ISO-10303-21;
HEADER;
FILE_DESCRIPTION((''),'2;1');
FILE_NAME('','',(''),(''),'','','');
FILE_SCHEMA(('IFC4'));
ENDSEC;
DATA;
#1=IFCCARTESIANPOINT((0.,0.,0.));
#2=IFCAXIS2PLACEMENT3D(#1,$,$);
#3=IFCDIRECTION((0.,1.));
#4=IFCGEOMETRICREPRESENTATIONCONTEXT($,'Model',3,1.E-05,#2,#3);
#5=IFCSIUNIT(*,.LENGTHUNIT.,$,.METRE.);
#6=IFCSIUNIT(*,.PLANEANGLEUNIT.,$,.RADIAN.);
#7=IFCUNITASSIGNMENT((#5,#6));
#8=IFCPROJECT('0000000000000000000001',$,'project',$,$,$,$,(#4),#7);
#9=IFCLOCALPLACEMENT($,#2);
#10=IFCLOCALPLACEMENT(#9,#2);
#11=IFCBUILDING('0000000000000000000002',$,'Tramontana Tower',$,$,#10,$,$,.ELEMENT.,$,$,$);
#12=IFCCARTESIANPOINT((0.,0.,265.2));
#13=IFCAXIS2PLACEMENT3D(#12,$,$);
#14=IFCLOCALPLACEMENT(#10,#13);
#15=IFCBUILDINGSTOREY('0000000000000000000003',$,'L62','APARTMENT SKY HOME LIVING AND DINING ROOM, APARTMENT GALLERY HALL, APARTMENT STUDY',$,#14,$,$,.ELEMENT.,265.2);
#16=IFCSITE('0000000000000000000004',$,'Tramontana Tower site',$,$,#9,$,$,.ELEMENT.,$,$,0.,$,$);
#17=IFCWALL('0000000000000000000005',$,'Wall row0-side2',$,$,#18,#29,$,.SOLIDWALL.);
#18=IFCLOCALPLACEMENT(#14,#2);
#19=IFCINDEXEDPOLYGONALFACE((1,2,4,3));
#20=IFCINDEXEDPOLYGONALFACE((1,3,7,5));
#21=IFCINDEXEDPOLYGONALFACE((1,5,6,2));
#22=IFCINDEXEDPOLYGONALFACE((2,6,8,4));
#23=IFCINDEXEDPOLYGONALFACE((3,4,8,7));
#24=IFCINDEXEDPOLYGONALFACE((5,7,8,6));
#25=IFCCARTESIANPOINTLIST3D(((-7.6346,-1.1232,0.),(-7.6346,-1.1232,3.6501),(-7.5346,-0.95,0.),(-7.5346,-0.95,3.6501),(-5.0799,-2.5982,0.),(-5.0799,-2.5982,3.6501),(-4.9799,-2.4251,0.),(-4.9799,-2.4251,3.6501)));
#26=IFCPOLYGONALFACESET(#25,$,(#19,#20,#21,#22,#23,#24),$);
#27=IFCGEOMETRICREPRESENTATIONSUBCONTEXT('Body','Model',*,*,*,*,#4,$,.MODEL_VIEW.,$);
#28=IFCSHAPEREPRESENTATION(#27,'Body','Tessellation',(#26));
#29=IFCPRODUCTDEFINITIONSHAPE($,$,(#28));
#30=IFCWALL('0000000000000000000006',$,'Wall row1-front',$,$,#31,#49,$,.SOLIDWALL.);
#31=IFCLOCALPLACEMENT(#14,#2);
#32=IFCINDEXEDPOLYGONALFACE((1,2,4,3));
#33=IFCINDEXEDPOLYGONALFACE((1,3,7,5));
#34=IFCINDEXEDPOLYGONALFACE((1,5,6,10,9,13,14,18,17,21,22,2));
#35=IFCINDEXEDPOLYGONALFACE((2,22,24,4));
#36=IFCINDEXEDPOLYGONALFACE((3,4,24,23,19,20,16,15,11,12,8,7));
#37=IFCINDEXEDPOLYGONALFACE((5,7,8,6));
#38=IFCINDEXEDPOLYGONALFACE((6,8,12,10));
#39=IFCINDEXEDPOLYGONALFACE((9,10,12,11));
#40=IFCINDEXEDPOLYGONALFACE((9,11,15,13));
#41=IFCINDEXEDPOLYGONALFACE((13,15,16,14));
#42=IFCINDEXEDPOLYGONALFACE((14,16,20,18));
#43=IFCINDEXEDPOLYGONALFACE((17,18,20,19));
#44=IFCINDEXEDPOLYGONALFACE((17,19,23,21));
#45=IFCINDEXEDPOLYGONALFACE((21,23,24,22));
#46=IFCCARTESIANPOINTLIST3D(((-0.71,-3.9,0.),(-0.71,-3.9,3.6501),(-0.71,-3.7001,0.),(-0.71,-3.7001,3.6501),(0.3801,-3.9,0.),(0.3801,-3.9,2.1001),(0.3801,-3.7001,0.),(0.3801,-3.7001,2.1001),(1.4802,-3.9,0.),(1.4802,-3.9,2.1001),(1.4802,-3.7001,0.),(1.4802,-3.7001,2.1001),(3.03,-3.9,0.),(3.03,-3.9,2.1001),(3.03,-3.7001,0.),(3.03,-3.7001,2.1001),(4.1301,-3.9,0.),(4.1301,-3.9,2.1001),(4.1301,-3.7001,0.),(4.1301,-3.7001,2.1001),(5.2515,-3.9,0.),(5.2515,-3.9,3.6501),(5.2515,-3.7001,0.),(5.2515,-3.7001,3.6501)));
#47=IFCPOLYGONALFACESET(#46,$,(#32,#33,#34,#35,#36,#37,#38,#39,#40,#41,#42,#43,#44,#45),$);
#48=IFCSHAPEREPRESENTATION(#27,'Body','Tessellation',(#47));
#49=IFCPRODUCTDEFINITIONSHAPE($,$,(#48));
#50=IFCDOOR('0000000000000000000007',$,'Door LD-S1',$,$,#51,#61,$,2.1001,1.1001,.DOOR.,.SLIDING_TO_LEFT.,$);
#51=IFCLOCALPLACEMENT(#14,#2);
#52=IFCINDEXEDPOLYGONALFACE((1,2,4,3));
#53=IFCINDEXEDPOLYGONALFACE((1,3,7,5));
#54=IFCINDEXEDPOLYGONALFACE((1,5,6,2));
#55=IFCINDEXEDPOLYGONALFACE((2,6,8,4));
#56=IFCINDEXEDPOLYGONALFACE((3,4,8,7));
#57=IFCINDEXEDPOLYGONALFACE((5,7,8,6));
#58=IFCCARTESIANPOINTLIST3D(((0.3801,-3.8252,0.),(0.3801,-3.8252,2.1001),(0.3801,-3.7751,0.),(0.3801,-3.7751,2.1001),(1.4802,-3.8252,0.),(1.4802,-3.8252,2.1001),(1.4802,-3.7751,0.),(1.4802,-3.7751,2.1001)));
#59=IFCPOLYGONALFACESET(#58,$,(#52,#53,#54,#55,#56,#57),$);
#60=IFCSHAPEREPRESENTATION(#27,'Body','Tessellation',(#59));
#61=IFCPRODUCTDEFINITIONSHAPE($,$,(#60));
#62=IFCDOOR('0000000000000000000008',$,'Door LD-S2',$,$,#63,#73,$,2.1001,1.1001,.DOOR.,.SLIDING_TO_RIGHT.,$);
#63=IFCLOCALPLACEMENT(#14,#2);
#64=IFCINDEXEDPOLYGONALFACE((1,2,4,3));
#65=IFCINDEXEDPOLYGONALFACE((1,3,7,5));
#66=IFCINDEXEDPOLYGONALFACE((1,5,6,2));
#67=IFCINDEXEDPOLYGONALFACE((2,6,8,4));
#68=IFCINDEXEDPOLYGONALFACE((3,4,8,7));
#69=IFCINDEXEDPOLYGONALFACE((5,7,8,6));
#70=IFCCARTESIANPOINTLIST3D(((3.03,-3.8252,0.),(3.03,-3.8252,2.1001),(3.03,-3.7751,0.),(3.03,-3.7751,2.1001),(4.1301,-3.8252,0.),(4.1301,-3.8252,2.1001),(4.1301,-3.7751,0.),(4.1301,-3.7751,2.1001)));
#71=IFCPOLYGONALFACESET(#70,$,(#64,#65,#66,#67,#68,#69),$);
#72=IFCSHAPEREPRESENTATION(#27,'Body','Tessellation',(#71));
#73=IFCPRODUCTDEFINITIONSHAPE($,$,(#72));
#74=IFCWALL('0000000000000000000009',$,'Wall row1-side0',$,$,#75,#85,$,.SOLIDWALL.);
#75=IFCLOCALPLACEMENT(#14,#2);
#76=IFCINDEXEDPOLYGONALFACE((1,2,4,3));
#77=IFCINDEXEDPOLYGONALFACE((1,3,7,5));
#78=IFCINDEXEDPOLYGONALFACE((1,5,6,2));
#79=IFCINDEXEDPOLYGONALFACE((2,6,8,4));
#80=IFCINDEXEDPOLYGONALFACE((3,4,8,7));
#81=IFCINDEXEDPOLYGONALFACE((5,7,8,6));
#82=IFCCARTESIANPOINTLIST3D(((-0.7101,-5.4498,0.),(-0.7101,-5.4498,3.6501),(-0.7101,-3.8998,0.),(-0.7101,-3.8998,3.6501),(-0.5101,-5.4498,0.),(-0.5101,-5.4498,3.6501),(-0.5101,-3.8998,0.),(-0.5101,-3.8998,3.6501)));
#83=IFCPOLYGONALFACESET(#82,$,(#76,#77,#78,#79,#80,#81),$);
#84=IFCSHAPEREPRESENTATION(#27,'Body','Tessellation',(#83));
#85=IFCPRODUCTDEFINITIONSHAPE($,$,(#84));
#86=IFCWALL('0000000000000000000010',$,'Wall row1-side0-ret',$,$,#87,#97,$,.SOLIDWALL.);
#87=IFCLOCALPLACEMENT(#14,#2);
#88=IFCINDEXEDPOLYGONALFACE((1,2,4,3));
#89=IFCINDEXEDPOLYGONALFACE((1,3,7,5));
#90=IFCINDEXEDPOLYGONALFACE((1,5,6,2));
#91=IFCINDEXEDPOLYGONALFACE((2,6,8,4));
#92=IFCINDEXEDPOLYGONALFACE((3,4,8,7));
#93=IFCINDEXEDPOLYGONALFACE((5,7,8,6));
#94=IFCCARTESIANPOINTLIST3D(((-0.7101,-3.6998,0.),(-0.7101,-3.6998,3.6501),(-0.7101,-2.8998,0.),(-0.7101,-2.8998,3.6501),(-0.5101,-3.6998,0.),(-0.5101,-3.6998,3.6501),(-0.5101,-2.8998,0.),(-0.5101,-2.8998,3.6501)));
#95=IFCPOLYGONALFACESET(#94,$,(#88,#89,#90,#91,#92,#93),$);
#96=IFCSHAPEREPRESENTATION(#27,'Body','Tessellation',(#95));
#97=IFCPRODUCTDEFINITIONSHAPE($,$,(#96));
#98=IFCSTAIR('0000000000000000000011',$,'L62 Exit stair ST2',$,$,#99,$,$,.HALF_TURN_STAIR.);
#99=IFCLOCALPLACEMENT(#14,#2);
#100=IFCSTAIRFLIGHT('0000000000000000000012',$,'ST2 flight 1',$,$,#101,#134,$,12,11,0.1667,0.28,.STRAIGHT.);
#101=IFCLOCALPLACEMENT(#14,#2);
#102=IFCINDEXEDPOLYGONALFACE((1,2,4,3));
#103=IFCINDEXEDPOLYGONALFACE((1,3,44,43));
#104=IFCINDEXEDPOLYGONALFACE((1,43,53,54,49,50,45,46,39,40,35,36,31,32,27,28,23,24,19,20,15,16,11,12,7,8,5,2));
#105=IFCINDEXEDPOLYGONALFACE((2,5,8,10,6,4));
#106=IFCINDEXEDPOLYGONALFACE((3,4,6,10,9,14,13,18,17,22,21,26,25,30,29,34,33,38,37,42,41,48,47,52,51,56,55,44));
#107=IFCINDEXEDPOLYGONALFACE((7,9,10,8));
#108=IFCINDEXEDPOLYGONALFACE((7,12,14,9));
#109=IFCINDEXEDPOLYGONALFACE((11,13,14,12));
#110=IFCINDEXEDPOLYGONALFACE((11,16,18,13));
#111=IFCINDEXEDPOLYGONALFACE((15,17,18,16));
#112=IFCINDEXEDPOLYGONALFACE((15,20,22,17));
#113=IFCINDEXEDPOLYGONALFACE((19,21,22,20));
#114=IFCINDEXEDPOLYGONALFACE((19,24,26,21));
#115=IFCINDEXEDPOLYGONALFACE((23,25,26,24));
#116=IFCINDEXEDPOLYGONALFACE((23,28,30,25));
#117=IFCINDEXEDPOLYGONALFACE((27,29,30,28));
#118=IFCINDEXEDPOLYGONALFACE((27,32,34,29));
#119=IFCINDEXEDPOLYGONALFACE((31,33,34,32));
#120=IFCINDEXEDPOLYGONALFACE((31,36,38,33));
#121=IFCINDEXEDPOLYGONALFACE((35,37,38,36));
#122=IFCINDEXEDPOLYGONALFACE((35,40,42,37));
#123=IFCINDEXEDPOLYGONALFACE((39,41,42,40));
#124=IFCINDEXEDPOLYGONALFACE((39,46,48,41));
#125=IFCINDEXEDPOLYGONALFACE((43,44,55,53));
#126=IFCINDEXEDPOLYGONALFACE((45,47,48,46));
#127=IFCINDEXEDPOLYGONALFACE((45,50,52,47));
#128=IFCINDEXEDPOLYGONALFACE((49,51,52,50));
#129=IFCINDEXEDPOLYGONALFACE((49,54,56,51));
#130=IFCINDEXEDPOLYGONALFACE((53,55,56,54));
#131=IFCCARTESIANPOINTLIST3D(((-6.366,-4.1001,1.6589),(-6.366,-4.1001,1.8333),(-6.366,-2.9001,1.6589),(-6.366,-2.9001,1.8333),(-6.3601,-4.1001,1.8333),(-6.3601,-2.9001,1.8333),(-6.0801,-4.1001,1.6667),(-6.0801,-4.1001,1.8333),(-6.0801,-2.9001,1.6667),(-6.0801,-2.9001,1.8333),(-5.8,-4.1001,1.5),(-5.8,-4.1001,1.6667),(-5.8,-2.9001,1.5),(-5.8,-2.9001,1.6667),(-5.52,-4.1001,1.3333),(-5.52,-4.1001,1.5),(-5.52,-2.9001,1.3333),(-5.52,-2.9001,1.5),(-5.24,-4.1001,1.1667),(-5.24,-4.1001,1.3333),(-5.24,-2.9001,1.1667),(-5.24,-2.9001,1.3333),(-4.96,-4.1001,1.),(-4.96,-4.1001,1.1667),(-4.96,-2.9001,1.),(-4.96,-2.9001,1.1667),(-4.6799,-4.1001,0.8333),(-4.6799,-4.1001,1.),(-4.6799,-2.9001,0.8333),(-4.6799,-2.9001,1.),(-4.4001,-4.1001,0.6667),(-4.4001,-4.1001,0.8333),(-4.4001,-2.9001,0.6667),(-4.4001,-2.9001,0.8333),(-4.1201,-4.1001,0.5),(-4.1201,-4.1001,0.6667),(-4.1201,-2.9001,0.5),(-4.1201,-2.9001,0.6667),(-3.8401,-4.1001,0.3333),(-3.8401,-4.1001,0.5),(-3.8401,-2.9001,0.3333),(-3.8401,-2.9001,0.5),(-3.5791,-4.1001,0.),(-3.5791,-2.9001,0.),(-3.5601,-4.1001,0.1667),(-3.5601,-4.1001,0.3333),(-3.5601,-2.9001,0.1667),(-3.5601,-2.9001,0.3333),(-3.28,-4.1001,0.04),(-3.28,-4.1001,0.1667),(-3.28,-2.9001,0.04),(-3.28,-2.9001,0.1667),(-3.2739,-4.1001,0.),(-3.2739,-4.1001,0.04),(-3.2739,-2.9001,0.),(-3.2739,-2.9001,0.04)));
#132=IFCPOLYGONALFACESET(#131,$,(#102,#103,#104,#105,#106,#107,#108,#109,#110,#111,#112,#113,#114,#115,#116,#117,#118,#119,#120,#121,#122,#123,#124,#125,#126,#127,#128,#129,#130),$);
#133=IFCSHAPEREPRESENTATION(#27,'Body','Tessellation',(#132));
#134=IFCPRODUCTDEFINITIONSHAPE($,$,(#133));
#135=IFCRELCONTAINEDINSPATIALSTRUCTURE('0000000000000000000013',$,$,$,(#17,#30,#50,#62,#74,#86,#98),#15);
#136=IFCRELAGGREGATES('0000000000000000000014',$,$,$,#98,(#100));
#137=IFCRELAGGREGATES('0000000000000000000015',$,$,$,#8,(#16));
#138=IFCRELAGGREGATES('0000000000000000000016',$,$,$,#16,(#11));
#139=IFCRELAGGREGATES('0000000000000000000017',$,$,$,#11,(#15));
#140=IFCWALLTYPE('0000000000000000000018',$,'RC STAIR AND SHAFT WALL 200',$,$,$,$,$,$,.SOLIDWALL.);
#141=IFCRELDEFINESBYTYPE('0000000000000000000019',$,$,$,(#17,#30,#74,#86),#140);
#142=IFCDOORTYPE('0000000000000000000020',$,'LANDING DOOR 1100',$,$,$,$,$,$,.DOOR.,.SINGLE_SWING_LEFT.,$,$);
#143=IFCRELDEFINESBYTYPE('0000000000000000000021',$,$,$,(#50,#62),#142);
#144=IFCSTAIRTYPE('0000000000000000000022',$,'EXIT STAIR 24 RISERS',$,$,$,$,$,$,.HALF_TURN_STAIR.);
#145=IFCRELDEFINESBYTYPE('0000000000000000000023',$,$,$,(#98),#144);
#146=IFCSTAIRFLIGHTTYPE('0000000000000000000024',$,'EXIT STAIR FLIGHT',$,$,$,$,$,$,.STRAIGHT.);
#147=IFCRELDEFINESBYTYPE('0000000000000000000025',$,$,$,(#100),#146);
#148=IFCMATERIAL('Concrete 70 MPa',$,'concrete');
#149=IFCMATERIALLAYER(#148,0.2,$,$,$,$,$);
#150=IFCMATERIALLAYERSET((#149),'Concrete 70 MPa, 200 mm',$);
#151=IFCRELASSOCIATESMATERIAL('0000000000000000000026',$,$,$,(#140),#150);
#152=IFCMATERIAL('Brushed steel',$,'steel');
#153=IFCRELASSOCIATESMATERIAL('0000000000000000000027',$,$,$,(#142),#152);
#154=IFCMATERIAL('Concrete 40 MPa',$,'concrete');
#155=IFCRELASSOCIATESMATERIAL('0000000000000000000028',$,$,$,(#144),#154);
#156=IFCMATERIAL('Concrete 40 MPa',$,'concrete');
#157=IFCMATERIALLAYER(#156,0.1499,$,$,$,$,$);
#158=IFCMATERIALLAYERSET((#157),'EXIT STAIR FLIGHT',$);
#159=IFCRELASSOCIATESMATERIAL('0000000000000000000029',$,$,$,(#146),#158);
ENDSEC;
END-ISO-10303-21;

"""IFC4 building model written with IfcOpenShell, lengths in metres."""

from ifc_helpers import new_model, si_unit, direction, frame, frame_2d, origin, place, context, subcontext, project, spatial, polyline, rectangle, outline, extrude, material, layer, layer_set, type_object, element, fill, aggregate, save


model = new_model("IFC4")

# Units and contexts
model_context = context("Model", 3, precision=1e-05, world=origin(), true_north=direction((0.0, 1.0)))
body_context = subcontext(model_context, "Body", "Model", "MODEL_VIEW")
ifc_project = project(units=[si_unit("LENGTHUNIT", "METRE"), si_unit("PLANEANGLEUNIT", "RADIAN")], contexts=[model_context])

# Site, building, storey
site_placement = place(None, origin())
site = spatial("IfcSite", under=ifc_project, at=site_placement, Name="Tramontana Tower site", CompositionType="ELEMENT", RefElevation=0.0)
building_placement = place(site_placement, origin())
building = spatial("IfcBuilding", under=site, at=building_placement, Name="Tramontana Tower", CompositionType="ELEMENT")
storey_placement = place(building_placement, frame((0.0, 0.0, 265.2)))
storey = spatial("IfcBuildingStorey", under=building, at=storey_placement, Name="L62", Description="APARTMENT SKY HOME LIVING AND DINING ROOM, APARTMENT GALLERY HALL, APARTMENT STUDY", CompositionType="ELEMENT", Elevation=265.2)

# Shared definitions
ifc_material_1 = material(Name="Concrete 70 MPa", Category="concrete")
ifc_layer_1 = layer(ifc_material_1, 0.2)
ifc_layer_set_1 = layer_set([ifc_layer_1], Name="Concrete 70 MPa, 200 mm")
wall_type_1 = type_object("IfcWallType", Name="RC STAIR AND SHAFT WALL 200", PredefinedType="SOLIDWALL", material=ifc_layer_set_1)

# Wall
wall_1_placement = place(storey_placement, frame((-5.0298, -2.5117, 0.0), z_axis=(0.0, 0.0, 1.0), x_axis=(-0.866004, 0.500038, 0.0)))
element("IfcWall", 1, at=wall_1_placement, inside=storey, type_object=wall_type_1, Name="Wall row0-side2", PredefinedType="SOLIDWALL", context=body_context, shape_type="SweptSolid", body=[
    extrude(rectangle(XDim=2.95, YDim=0.2, at=frame_2d((1.4751, 0.0))), origin(), (0.0, 0.0, 1.0), 3.6501),
])

# Wall, openings, doors
wall_2_placement = place(storey_placement, frame((-0.71, -3.8, 0.0), z_axis=(0.0, 0.0, 1.0), x_axis=(1.0, 0.0, 0.0)))
wall_2 = element("IfcWall", 2, at=wall_2_placement, inside=storey, type_object=wall_type_1, Name="Wall row1-front", PredefinedType="SOLIDWALL", context=body_context, shape_type="SweptSolid", body=[
    extrude(rectangle(XDim=5.9614, YDim=0.2, at=frame_2d((2.9807, 0.0))), origin(), (0.0, 0.0, 1.0), 3.6501),
])
opening_1_placement = place(wall_2_placement, frame((1.0901, 0.0, 0.0)))
opening_1 = element("IfcOpeningElement", 3, at=opening_1_placement, cuts=wall_2, PredefinedType="OPENING", context=body_context, shape_type="SweptSolid", body=[
    extrude(rectangle(XDim=1.1001, YDim=2.1001, at=frame_2d((0.55, 1.05))), frame((0.0, 0.1099, 0.0), z_axis=(0.0, -1.0, 0.0), x_axis=(1.0, 0.0, 0.0)), (0.0, 0.0, 1.0), 0.22),
])
opening_2_placement = place(wall_2_placement, frame((3.74, 0.0, 0.0)))
opening_2 = element("IfcOpeningElement", 4, at=opening_2_placement, cuts=wall_2, PredefinedType="OPENING", context=body_context, shape_type="SweptSolid", body=[
    extrude(rectangle(XDim=1.1001, YDim=2.1001, at=frame_2d((0.55, 1.05))), frame((0.0, 0.1099, 0.0), z_axis=(0.0, -1.0, 0.0), x_axis=(1.0, 0.0, 0.0)), (0.0, 0.0, 1.0), 0.22),
])
ifc_material_2 = material(Name="Brushed steel", Category="steel")
door_type_1 = type_object("IfcDoorType", Name="LANDING DOOR 1100", OperationType="SINGLE_SWING_LEFT", PredefinedType="DOOR", material=ifc_material_2)
door_1_placement = place(opening_1_placement, origin())
door_1 = element("IfcDoor", 5, at=door_1_placement, inside=storey, type_object=door_type_1, Name="Door LD-S1", OperationType="SLIDING_TO_LEFT", OverallHeight=2.1001, OverallWidth=1.1001, PredefinedType="DOOR", context=body_context, shape_type="SweptSolid", body=[
    extrude(rectangle(XDim=1.1001, YDim=2.1001, at=frame_2d((0.55, 1.05))), frame((0.0, 0.0249, 0.0), z_axis=(0.0, -1.0, 0.0), x_axis=(1.0, 0.0, 0.0)), (0.0, 0.0, 1.0), 0.05),
])
fill(opening_1, door_1)
door_2_placement = place(opening_2_placement, origin())
door_2 = element("IfcDoor", 6, at=door_2_placement, inside=storey, type_object=door_type_1, Name="Door LD-S2", OperationType="SLIDING_TO_RIGHT", OverallHeight=2.1001, OverallWidth=1.1001, PredefinedType="DOOR", context=body_context, shape_type="SweptSolid", body=[
    extrude(rectangle(XDim=1.1001, YDim=2.1001, at=frame_2d((0.55, 1.05))), frame((0.0, 0.0249, 0.0), z_axis=(0.0, -1.0, 0.0), x_axis=(1.0, 0.0, 0.0)), (0.0, 0.0, 1.0), 0.05),
])
fill(opening_2, door_2)

# Walls
wall_3_placement = place(storey_placement, frame((-0.6101, -3.8999, 0.0), z_axis=(0.0, 0.0, 1.0), x_axis=(0.0, -1.0, 0.0)))
element("IfcWall", 7, at=wall_3_placement, inside=storey, type_object=wall_type_1, Name="Wall row1-side0", PredefinedType="SOLIDWALL", context=body_context, shape_type="SweptSolid", body=[
    extrude(rectangle(XDim=1.55, YDim=0.2, at=frame_2d((0.7749, 0.0))), origin(), (0.0, 0.0, 1.0), 3.6501),
])
wall_4_placement = place(storey_placement, frame((-0.6101, -2.8999, 0.0), z_axis=(0.0, 0.0, 1.0), x_axis=(0.0, -1.0, 0.0)))
element("IfcWall", 8, at=wall_4_placement, inside=storey, type_object=wall_type_1, Name="Wall row1-side0-ret", PredefinedType="SOLIDWALL", context=body_context, shape_type="SweptSolid", body=[
    extrude(rectangle(XDim=0.8, YDim=0.2, at=frame_2d((0.3999, 0.0))), origin(), (0.0, 0.0, 1.0), 3.6501),
])

# Stair, stair flight
ifc_material_3 = material(Name="Concrete 40 MPa", Category="concrete")
stair_type = type_object("IfcStairType", Name="EXIT STAIR 24 RISERS", PredefinedType="HALF_TURN_STAIR", material=ifc_material_3)
stair_placement = place(storey_placement, origin())
stair = element("IfcStair", 9, at=stair_placement, inside=storey, type_object=stair_type, Name="L62 Exit stair ST2", PredefinedType="HALF_TURN_STAIR")
ifc_material_4 = material(Name="Concrete 40 MPa", Category="concrete")
ifc_layer_2 = layer(ifc_material_4, 0.1499)
ifc_layer_set_2 = layer_set([ifc_layer_2], Name="EXIT STAIR FLIGHT")
stair_flight_type = type_object("IfcStairFlightType", Name="EXIT STAIR FLIGHT", PredefinedType="STRAIGHT", material=ifc_layer_set_2)
stair_flight_placement = place(storey_placement, frame((-3.28, -3.5, 0.0), z_axis=(0.0, 0.0, 1.0), x_axis=(-1.0, 0.0, 0.0)))
stair_flight = element("IfcStairFlight", 10, at=stair_flight_placement, type_object=stair_flight_type, Name="ST2 flight 1", NumberOfRisers=12, NumberOfTreads=11, PredefinedType="STRAIGHT", RiserHeight=0.1667, TreadLength=0.28, context=body_context, shape_type="SweptSolid", body=[
    extrude(outline(polyline([(-0.0061, 0.0), (-0.0061, 0.04), (0.0, 0.04), (0.0, 0.1667), (0.28, 0.1667), (0.28, 0.3333), (0.5601, 0.3333), (0.5601, 0.5), (0.8401, 0.5), (0.8401, 0.6667), (1.1201, 0.6667), (1.1201, 0.8333), (1.3999, 0.8333), (1.3999, 1.0), (1.6799, 1.0), (1.6799, 1.1667), (1.96, 1.1667), (1.96, 1.3333), (2.24, 1.3333), (2.24, 1.5), (2.52, 1.5), (2.52, 1.6667), (2.8, 1.6667), (2.8, 1.8333), (3.0801, 1.8333), (3.0859, 1.8333), (3.0859, 1.6589), (0.2991, 0.0), (-0.0061, 0.0)])), frame((0.0, 0.6001, 0.0), z_axis=(0.0, -1.0, 0.0), x_axis=(1.0, 0.0, 0.0)), (0.0, 0.0, 1.0), 1.2),
])
aggregate(stair, [stair_flight])

save(model, "model.ifc")
